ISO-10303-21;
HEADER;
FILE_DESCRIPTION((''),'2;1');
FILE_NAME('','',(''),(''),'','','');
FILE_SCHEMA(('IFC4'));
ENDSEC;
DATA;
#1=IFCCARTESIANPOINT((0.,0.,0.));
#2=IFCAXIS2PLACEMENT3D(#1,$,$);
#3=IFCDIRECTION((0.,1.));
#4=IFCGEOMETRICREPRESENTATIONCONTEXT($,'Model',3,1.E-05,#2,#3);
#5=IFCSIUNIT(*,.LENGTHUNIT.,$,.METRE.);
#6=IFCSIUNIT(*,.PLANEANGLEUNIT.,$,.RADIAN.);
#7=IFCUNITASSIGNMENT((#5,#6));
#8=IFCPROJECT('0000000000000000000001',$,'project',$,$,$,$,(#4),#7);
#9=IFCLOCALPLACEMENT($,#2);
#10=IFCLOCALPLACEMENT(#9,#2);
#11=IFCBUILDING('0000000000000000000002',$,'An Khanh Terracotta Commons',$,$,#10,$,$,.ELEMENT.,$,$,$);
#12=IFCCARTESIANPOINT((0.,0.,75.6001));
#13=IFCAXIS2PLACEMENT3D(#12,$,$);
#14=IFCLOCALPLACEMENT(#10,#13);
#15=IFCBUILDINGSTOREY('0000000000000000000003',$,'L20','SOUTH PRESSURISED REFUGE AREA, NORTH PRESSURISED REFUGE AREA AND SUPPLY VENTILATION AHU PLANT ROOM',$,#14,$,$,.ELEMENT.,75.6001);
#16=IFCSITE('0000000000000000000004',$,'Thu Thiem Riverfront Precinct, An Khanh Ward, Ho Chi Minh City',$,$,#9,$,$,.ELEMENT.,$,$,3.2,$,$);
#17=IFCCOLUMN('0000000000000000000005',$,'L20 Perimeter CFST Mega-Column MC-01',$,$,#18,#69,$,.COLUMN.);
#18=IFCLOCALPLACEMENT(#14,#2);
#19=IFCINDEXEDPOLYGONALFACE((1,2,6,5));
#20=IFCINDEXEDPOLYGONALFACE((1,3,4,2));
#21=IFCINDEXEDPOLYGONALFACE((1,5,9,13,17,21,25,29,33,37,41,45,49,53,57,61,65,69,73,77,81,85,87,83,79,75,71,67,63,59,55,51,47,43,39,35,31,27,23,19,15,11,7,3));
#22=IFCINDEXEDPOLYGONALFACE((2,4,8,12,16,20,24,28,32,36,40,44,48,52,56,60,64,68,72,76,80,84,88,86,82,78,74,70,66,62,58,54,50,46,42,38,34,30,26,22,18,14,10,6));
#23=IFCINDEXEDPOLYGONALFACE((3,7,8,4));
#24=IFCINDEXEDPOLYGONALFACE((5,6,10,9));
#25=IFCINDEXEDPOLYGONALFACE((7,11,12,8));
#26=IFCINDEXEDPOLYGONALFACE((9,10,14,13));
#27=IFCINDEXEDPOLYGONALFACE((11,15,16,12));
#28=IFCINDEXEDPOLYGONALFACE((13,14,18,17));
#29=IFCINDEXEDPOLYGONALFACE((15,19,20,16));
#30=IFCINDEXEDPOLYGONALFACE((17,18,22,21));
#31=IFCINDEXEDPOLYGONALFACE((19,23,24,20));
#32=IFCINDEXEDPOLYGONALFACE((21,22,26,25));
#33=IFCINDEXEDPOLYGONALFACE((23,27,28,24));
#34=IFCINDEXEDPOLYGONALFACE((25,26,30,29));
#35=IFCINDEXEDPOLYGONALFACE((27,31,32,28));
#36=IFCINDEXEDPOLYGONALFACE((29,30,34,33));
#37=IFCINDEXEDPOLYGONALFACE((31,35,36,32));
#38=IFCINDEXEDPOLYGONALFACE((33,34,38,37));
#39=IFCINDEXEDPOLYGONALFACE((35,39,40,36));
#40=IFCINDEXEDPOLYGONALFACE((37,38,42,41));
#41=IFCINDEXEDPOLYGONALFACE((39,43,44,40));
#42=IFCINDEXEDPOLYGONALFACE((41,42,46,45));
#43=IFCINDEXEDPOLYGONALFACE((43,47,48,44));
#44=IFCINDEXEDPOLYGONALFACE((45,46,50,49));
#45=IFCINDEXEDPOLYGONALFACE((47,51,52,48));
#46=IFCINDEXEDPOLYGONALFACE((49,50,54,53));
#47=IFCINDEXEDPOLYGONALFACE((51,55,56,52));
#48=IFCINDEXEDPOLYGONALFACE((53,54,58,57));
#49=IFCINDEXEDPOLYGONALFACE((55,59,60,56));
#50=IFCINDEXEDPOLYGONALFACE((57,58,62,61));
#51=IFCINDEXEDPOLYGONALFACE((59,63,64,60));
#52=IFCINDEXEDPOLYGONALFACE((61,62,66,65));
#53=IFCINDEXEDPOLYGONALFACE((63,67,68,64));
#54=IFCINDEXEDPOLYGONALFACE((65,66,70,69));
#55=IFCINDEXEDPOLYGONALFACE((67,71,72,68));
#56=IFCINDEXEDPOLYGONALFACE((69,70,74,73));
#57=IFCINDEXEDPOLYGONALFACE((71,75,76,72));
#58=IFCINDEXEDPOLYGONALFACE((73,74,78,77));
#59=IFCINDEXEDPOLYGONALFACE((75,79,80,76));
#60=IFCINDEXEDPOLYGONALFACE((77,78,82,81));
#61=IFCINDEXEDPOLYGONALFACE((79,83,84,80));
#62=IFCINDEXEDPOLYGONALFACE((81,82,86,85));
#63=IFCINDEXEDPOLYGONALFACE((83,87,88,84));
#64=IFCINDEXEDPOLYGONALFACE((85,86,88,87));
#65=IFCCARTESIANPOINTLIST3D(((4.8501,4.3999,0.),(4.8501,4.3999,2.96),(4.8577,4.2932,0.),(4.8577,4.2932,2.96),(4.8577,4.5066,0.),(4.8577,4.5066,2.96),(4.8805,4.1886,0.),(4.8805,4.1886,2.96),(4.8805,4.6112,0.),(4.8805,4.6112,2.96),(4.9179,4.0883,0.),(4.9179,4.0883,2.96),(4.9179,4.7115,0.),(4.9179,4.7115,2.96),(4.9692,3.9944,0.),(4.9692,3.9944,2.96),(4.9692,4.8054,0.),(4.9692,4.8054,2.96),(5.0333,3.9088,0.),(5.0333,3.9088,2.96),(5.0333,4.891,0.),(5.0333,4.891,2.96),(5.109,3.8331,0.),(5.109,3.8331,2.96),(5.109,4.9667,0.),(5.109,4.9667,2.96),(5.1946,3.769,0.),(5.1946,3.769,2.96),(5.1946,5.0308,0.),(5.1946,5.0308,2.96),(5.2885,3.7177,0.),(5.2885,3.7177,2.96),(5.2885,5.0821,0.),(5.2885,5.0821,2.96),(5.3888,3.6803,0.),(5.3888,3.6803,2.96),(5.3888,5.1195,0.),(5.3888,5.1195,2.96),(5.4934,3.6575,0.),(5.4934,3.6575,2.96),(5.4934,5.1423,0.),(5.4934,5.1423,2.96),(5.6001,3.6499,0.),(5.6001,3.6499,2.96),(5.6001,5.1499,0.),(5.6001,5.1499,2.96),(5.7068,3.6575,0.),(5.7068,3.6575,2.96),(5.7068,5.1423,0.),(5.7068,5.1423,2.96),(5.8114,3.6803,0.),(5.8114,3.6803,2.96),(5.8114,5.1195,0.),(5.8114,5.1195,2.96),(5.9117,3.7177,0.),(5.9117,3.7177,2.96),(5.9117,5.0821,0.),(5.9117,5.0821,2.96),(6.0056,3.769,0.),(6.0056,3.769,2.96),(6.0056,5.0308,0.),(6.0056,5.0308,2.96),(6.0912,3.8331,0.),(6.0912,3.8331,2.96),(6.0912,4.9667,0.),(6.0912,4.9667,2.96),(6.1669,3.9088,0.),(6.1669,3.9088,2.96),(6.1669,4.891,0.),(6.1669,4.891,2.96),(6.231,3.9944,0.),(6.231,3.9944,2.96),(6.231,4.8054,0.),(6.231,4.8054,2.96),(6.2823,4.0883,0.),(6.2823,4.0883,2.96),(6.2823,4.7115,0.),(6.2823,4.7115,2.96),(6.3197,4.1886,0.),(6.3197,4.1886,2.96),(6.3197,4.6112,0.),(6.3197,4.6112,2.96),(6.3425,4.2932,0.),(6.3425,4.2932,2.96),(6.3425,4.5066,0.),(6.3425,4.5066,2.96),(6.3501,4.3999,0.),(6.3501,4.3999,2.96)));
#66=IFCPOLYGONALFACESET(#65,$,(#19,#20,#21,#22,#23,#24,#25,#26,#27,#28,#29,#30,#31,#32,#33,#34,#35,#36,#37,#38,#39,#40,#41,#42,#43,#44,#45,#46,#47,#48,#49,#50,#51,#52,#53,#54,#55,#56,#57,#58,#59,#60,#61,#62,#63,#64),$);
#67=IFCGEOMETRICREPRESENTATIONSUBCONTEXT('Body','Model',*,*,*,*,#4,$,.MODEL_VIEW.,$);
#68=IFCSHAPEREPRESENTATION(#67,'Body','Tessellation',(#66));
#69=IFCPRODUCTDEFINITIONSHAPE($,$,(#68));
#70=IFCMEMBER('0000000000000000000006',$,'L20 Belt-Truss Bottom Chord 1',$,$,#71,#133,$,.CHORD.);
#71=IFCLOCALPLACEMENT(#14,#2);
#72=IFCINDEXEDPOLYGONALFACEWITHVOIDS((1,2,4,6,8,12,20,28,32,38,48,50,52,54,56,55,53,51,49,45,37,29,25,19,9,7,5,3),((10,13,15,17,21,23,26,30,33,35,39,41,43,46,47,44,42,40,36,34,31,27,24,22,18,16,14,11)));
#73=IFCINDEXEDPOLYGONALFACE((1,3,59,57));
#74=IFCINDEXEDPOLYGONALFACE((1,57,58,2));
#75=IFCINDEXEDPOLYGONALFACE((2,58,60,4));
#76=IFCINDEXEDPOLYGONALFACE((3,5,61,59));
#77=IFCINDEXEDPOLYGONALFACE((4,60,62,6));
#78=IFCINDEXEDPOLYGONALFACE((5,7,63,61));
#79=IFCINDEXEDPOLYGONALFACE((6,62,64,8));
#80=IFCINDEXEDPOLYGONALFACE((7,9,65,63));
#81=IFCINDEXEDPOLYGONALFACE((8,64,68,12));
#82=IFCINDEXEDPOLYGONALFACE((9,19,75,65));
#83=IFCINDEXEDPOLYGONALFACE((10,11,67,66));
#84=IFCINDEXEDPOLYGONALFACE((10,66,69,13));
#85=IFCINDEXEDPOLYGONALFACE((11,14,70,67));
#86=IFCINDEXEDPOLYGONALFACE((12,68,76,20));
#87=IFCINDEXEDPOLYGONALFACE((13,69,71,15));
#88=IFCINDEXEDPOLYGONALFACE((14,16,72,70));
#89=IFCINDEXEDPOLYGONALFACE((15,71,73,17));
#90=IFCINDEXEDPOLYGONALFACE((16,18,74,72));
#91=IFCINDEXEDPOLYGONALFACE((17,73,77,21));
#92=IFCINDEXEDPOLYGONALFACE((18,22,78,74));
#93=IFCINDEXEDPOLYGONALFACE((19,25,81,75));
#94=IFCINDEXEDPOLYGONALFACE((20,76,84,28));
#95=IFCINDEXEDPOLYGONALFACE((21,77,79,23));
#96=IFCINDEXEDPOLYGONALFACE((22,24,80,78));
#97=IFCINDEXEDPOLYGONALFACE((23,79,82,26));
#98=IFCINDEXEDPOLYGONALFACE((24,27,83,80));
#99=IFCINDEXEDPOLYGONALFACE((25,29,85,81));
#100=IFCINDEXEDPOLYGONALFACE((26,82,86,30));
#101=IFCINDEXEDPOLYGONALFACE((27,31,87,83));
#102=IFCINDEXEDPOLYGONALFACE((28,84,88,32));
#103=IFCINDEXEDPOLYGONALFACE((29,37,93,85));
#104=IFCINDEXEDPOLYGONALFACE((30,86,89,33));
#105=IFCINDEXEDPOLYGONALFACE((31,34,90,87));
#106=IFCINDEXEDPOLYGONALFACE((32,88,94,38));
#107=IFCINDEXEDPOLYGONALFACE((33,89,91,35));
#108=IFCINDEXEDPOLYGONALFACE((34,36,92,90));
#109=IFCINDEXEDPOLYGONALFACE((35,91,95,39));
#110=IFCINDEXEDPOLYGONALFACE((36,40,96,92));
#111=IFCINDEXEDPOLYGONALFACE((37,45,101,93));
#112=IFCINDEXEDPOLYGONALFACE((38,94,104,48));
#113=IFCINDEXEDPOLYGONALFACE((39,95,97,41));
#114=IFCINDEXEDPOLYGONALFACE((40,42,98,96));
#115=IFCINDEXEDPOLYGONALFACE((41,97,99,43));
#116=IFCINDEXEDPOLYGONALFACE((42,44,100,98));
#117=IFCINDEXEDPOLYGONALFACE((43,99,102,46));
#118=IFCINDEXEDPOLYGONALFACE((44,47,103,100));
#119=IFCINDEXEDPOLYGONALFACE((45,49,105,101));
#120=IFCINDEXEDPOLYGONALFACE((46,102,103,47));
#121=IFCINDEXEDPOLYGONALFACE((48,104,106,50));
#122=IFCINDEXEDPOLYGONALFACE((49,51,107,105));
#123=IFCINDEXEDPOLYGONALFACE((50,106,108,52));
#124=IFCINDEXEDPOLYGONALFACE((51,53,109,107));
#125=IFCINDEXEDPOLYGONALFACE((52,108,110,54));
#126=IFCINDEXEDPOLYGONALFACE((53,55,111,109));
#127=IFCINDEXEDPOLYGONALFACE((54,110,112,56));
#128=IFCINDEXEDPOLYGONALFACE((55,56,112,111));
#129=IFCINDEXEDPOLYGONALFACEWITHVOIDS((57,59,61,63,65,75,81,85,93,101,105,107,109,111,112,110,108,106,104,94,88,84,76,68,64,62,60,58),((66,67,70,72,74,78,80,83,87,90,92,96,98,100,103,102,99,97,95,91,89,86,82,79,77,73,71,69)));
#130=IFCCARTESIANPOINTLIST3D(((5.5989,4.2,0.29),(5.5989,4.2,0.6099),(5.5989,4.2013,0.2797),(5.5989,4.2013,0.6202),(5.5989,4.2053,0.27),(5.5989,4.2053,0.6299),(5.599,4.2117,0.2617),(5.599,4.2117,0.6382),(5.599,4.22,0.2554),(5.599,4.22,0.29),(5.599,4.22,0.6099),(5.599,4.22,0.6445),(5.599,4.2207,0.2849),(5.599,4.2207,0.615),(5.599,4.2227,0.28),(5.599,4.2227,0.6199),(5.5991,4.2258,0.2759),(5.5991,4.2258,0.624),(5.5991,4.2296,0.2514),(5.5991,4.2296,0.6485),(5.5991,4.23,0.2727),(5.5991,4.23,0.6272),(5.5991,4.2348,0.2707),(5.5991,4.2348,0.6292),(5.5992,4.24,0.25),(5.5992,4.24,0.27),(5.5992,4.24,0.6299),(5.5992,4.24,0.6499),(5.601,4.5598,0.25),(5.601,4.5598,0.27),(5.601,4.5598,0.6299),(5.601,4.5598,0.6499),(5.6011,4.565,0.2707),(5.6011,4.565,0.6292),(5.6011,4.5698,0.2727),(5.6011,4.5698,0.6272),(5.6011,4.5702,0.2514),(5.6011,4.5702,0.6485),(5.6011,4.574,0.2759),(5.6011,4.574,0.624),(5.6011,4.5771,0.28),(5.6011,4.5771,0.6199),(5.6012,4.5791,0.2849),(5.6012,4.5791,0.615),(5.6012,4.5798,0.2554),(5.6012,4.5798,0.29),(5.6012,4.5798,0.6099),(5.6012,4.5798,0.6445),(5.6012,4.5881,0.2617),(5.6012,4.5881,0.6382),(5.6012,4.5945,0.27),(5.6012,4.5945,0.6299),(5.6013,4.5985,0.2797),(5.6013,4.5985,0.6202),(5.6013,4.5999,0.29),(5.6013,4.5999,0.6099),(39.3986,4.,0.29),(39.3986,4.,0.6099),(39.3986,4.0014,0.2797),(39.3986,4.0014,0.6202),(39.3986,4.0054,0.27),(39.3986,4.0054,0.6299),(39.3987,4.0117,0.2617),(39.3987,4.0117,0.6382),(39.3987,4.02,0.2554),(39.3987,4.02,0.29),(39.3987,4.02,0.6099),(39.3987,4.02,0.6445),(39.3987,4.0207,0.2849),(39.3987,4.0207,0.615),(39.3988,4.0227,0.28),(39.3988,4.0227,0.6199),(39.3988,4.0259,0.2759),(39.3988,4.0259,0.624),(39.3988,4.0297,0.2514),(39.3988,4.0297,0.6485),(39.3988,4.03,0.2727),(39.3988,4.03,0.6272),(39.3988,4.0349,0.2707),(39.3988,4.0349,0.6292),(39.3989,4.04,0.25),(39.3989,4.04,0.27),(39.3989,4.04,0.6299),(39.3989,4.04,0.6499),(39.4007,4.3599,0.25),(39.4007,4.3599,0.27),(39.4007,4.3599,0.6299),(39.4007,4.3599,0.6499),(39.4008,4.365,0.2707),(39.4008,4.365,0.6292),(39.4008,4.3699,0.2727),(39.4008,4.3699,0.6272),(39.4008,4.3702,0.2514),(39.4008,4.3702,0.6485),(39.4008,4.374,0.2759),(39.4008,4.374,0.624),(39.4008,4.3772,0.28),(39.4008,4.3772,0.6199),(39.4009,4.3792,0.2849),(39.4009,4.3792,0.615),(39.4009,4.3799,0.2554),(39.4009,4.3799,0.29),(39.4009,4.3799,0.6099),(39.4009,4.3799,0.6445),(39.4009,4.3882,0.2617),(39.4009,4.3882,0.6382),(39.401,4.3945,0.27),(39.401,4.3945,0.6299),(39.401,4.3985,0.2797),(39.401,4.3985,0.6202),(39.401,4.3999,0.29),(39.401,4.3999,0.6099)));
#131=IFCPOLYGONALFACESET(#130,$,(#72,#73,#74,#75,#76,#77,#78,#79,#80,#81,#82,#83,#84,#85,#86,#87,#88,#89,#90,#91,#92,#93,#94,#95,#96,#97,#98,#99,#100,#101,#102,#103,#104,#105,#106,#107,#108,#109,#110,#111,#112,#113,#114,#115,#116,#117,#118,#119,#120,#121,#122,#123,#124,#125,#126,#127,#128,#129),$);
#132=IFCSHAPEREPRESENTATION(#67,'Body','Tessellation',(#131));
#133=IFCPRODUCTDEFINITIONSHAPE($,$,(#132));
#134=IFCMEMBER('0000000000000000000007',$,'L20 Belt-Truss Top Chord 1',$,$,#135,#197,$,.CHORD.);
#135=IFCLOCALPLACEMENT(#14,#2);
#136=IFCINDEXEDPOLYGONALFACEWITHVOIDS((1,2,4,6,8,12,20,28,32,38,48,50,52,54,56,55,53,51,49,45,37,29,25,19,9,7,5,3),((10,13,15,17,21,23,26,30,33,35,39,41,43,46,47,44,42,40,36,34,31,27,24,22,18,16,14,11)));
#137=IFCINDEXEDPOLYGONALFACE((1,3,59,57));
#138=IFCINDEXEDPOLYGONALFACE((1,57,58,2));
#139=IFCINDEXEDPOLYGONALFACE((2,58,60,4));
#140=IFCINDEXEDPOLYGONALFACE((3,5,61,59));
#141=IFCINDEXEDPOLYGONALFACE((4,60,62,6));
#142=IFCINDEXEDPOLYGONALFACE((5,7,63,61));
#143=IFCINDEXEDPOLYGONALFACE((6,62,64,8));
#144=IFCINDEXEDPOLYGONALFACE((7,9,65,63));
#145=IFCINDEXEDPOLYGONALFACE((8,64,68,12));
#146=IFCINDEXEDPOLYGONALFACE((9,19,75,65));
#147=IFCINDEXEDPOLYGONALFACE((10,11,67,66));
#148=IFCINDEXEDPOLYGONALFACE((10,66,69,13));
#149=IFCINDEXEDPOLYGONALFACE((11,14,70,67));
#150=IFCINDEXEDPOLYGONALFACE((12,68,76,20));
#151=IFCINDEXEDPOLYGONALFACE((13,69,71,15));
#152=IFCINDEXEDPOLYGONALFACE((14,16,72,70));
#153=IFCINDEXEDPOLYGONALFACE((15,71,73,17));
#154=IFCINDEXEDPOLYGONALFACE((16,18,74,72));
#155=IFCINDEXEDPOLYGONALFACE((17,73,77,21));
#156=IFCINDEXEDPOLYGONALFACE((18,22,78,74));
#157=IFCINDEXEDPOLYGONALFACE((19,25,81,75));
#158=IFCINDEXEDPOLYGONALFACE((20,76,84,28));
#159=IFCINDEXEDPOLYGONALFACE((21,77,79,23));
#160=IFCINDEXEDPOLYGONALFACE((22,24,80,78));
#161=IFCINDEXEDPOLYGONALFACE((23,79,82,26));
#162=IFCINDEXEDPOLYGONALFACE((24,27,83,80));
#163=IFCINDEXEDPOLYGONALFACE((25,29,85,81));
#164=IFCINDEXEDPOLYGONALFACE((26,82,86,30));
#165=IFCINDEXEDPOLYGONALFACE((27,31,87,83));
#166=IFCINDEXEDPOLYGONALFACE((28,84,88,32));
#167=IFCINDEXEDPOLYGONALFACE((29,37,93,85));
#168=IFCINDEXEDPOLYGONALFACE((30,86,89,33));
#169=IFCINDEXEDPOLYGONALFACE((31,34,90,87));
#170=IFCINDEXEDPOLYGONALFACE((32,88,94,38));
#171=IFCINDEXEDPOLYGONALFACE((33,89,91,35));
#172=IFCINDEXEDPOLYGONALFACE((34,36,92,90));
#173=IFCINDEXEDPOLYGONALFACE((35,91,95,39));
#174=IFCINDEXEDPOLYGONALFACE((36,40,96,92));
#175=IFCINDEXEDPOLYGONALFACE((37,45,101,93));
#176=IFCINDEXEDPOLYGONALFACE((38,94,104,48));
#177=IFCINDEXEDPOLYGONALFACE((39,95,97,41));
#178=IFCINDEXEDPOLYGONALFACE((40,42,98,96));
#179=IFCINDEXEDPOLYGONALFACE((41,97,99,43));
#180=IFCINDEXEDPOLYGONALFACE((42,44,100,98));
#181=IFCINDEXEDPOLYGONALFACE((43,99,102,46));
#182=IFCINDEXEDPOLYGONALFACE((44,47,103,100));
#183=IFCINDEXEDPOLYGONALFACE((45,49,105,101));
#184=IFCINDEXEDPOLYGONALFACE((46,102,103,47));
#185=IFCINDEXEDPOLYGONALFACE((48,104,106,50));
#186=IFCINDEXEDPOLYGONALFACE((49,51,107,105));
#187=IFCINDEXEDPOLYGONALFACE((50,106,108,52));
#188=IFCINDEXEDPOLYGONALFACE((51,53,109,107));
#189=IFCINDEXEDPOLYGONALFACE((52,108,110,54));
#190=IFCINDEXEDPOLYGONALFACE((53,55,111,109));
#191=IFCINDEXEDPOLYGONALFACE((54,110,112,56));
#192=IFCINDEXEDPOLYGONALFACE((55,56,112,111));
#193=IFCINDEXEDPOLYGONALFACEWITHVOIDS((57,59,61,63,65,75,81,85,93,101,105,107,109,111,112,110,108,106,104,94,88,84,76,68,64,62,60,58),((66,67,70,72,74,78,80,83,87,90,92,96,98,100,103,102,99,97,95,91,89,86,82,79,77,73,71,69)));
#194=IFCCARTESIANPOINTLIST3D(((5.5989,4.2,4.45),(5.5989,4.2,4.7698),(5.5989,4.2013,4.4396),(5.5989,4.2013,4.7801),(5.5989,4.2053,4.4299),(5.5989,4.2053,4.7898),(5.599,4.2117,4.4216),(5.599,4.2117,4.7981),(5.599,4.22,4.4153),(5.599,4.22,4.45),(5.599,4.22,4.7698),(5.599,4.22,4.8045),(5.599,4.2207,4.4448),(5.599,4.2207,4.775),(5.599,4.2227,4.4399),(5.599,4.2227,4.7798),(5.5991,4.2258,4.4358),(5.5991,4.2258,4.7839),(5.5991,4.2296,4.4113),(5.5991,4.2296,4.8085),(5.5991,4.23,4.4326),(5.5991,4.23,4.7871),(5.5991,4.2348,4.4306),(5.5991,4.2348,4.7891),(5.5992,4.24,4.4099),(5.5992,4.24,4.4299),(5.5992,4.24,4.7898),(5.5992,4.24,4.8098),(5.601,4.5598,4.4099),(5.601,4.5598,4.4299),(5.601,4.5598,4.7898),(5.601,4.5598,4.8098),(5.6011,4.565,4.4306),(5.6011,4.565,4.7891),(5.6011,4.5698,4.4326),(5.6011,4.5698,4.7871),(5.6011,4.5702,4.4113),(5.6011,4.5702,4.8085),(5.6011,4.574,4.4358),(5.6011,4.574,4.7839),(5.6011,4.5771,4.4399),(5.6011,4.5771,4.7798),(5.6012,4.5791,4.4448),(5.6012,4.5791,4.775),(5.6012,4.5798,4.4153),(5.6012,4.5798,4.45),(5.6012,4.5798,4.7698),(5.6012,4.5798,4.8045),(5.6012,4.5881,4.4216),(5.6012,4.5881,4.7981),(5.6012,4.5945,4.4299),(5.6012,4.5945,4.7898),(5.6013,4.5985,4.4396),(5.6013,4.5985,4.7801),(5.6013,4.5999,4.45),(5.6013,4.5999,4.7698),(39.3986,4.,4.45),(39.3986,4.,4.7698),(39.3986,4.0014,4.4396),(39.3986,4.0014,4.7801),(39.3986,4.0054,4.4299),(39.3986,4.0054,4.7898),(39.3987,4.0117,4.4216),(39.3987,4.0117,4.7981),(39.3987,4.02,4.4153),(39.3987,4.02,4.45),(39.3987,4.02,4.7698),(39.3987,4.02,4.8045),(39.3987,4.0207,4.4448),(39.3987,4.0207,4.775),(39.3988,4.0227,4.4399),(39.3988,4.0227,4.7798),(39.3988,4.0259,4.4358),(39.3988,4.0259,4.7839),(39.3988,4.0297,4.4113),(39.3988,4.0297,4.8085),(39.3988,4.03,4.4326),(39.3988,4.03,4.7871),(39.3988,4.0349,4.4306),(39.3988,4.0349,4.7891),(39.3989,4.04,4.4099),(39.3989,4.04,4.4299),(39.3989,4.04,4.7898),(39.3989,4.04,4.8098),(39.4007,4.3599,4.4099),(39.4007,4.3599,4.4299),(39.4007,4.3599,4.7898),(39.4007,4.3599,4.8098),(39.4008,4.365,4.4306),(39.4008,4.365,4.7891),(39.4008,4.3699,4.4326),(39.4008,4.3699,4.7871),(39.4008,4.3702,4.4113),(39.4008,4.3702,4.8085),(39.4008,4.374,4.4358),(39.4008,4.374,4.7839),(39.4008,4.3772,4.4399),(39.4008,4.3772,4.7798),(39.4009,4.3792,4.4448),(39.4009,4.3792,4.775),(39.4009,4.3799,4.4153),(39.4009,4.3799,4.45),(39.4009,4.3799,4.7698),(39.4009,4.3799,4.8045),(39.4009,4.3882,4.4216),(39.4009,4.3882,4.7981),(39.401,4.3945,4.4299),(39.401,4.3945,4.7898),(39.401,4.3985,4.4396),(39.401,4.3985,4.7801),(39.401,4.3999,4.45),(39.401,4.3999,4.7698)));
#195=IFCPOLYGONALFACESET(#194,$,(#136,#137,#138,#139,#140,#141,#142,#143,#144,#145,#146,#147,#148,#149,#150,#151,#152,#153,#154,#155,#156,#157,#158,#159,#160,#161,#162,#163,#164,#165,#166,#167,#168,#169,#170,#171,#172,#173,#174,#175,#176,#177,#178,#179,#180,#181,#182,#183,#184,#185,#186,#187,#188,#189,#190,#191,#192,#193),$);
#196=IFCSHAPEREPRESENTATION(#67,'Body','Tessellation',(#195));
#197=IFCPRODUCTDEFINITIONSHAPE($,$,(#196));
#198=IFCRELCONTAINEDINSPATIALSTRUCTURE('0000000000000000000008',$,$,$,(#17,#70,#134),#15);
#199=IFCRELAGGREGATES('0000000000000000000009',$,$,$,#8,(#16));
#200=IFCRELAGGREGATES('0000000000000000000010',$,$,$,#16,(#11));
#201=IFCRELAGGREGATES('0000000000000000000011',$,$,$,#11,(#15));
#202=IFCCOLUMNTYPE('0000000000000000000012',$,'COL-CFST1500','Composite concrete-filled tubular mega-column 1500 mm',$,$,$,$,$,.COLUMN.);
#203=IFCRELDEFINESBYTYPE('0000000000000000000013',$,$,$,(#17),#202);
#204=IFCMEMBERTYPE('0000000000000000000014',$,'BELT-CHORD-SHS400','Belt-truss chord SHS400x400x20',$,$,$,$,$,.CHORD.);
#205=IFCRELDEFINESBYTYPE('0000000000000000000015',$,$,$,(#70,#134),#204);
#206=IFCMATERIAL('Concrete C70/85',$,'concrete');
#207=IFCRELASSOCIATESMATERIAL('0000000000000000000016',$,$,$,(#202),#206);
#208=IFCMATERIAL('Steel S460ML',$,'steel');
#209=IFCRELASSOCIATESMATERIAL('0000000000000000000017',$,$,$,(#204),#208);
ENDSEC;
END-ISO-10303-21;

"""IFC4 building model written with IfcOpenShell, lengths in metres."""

from ifc_helpers import new_model, si_unit, direction, frame, origin, origin_2d, place, context, subcontext, project, spatial, hollow_rectangle, circle, extrude, material, material_profile, profile_set, type_object, element, save


model = new_model("IFC4")

# Units and contexts
model_context = context("Model", 3, precision=1e-05, world=origin(), true_north=direction((0.0, 1.0)))
body_context = subcontext(model_context, "Body", "Model", "MODEL_VIEW")
ifc_project = project(units=[si_unit("LENGTHUNIT", "METRE"), si_unit("PLANEANGLEUNIT", "RADIAN")], contexts=[model_context])

# Site, building, storey
site_placement = place(None, origin())
site = spatial("IfcSite", under=ifc_project, at=site_placement, Name="Thu Thiem Riverfront Precinct, An Khanh Ward, Ho Chi Minh City", CompositionType="ELEMENT", RefElevation=3.2)
building_placement = place(site_placement, origin())
building = spatial("IfcBuilding", under=site, at=building_placement, Name="An Khanh Terracotta Commons", CompositionType="ELEMENT")
storey_placement = place(building_placement, frame((0.0, 0.0, 75.6001)))
storey = spatial("IfcBuildingStorey", under=building, at=storey_placement, Name="L20", Description="SOUTH PRESSURISED REFUGE AREA, NORTH PRESSURISED REFUGE AREA AND SUPPLY VENTILATION AHU PLANT ROOM", CompositionType="ELEMENT", Elevation=75.6001)

# Column
ifc_material_1 = material(Name="Concrete C70/85", Category="concrete")
ifc_material_profile_1 = material_profile(ifc_material_1, circle(Radius=0.75, at=origin_2d()), Name="CFST1500")
ifc_profile_set_1 = profile_set([ifc_material_profile_1], Name="Concrete C70/85")
column_type = type_object("IfcColumnType", Name="COL-CFST1500", Description="Composite concrete-filled tubular mega-column 1500 mm", PredefinedType="COLUMN", material=ifc_profile_set_1)
column_placement = place(storey_placement, frame((5.6001, 4.3999, 0.0), z_axis=(0.0, 0.0, 1.0), x_axis=(1.0, 0.0, 0.0)))
element("IfcColumn", 1, at=column_placement, inside=storey, type_object=column_type, Name="L20 Perimeter CFST Mega-Column MC-01", PredefinedType="COLUMN", context=body_context, shape_type="SweptSolid", body=[
    extrude(circle(Radius=0.75, at=origin_2d()), origin(), (0.0, 0.0, 1.0), 2.96),
])

# Members
ifc_material_2 = material(Name="Steel S460ML", Category="steel")
ifc_material_profile_2 = material_profile(ifc_material_2, hollow_rectangle(XDim=0.3999, YDim=0.3999, WallThickness=0.02, InnerFilletRadius=0.02, OuterFilletRadius=0.04, at=origin_2d()), Name="SHS400x400x20")
ifc_profile_set_2 = profile_set([ifc_material_profile_2], Name="Steel S460ML")
member_type_1 = type_object("IfcMemberType", Name="BELT-CHORD-SHS400", Description="Belt-truss chord SHS400x400x20", PredefinedType="CHORD", material=ifc_profile_set_2)
for number, where, z_axis, x_axis, name in (
    (2, (5.6001, 4.3999, 0.45), (0.999983, -0.005916, 0.0), (0.005916, 0.999983, 0.0), "L20 Belt-Truss Bottom Chord 1"),
    (3, (5.6001, 4.3999, 4.6099), (0.999983, -0.005916, 0.0), (0.005916, 0.999983, 0.0), "L20 Belt-Truss Top Chord 1"),
):
    element("IfcMember", number, at=place(storey_placement, frame(where, z_axis=z_axis, x_axis=x_axis)), inside=storey, type_object=member_type_1, Name=name, PredefinedType="CHORD", context=body_context, shape_type="SweptSolid", body=[
        extrude(hollow_rectangle(XDim=0.3999, YDim=0.3999, WallThickness=0.02, InnerFilletRadius=0.02, OuterFilletRadius=0.04, at=origin_2d()), origin(), (0.0, 0.0, 1.0), 33.8003),
    ])

save(model, "model.ifc")
